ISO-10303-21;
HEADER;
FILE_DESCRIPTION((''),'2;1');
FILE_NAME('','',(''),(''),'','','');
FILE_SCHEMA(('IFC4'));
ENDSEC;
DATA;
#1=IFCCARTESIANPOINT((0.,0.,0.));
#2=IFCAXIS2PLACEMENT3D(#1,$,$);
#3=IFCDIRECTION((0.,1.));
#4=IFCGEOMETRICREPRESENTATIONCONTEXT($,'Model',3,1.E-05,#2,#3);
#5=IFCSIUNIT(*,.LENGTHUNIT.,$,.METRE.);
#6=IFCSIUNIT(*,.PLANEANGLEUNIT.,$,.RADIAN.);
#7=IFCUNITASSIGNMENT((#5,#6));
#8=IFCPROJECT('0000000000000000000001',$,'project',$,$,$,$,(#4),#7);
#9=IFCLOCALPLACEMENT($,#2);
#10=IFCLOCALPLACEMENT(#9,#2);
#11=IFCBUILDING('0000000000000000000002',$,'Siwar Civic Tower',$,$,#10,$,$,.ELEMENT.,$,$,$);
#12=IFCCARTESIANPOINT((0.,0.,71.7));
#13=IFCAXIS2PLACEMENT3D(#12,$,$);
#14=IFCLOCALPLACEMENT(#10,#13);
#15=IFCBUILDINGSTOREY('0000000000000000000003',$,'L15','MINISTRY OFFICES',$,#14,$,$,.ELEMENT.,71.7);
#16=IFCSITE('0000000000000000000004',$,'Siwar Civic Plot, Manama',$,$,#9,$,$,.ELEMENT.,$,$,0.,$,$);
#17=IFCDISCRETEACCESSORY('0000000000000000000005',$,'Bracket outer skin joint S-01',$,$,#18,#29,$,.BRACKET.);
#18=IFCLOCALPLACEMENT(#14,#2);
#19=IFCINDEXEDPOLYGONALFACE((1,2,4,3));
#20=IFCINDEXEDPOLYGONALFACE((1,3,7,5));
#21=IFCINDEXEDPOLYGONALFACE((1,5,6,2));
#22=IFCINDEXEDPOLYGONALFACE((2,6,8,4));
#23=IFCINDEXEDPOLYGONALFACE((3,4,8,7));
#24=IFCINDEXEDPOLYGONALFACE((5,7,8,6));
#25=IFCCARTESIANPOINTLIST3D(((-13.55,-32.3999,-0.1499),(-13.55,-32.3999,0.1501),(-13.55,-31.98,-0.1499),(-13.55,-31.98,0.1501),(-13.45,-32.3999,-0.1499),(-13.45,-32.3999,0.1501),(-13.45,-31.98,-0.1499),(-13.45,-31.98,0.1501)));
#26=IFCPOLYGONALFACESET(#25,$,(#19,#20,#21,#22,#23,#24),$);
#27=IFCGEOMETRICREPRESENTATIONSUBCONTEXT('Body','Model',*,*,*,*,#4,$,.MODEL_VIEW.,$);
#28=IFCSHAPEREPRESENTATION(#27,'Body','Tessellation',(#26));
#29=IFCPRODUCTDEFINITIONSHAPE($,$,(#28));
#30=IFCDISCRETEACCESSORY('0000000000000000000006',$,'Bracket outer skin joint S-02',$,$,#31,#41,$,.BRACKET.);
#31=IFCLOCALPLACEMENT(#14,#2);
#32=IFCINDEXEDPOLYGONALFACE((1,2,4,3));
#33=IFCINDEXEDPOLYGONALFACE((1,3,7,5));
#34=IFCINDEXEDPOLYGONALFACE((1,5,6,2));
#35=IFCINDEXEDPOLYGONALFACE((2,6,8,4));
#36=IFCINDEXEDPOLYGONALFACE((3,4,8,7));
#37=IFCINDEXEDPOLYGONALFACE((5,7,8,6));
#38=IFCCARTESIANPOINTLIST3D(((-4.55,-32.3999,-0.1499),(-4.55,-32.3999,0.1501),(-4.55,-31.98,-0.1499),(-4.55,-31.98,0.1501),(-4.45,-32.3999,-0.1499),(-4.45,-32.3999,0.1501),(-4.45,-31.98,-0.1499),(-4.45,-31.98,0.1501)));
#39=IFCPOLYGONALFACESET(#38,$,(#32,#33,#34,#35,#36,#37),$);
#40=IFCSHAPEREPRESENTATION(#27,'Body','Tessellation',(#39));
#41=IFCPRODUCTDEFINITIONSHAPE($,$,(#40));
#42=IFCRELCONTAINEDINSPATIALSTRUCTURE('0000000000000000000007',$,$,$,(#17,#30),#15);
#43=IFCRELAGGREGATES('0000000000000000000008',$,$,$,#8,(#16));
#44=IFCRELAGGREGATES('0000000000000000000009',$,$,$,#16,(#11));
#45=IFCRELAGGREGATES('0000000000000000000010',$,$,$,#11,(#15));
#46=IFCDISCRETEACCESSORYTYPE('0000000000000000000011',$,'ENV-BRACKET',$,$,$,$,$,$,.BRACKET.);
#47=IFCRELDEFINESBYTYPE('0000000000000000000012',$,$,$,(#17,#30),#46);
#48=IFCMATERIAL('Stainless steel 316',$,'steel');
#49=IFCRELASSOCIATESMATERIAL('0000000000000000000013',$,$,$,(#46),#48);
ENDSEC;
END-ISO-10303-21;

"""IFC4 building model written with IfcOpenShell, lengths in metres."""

from ifc_helpers import new_model, si_unit, direction, frame, origin, origin_2d, place, context, subcontext, project, spatial, rectangle, extrude, material, type_object, element, save


model = new_model("IFC4")

# Units and contexts
model_context = context("Model", 3, precision=1e-05, world=origin(), true_north=direction((0.0, 1.0)))
body_context = subcontext(model_context, "Body", "Model", "MODEL_VIEW")
ifc_project = project(units=[si_unit("LENGTHUNIT", "METRE"), si_unit("PLANEANGLEUNIT", "RADIAN")], contexts=[model_context])

# Site, building, storey
site_placement = place(None, origin())
site = spatial("IfcSite", under=ifc_project, at=site_placement, Name="Siwar Civic Plot, Manama", CompositionType="ELEMENT", RefElevation=0.0)
building_placement = place(site_placement, origin())
building = spatial("IfcBuilding", under=site, at=building_placement, Name="Siwar Civic Tower", CompositionType="ELEMENT")
storey_placement = place(building_placement, frame((0.0, 0.0, 71.7)))
storey = spatial("IfcBuildingStorey", under=building, at=storey_placement, Name="L15", Description="MINISTRY OFFICES", CompositionType="ELEMENT", Elevation=71.7)

# Discrete accessories
ifc_material_1 = material(Name="Stainless steel 316", Category="steel")
discrete_accessory_type = type_object("IfcDiscreteAccessoryType", Name="ENV-BRACKET", PredefinedType="BRACKET", material=ifc_material_1)
for number, where, z_axis, x_axis, name in (
    (1, (-13.5, -32.1899, -0.1499), (0.0, 0.0, 1.0), (0.0, -1.0, 0.0), "Bracket outer skin joint S-01"),
    (2, (-4.5, -32.1899, -0.1499), (0.0, 0.0, 1.0), (0.0, -1.0, 0.0), "Bracket outer skin joint S-02"),
):
    element("IfcDiscreteAccessory", number, at=place(storey_placement, frame(where, z_axis=z_axis, x_axis=x_axis)), inside=storey, type_object=discrete_accessory_type, Name=name, PredefinedType="BRACKET", context=body_context, shape_type="SweptSolid", body=[
        extrude(rectangle(XDim=0.4199, YDim=0.1001, at=origin_2d()), origin(), (0.0, 0.0, 1.0), 0.3),
    ])

save(model, "model.ifc")
